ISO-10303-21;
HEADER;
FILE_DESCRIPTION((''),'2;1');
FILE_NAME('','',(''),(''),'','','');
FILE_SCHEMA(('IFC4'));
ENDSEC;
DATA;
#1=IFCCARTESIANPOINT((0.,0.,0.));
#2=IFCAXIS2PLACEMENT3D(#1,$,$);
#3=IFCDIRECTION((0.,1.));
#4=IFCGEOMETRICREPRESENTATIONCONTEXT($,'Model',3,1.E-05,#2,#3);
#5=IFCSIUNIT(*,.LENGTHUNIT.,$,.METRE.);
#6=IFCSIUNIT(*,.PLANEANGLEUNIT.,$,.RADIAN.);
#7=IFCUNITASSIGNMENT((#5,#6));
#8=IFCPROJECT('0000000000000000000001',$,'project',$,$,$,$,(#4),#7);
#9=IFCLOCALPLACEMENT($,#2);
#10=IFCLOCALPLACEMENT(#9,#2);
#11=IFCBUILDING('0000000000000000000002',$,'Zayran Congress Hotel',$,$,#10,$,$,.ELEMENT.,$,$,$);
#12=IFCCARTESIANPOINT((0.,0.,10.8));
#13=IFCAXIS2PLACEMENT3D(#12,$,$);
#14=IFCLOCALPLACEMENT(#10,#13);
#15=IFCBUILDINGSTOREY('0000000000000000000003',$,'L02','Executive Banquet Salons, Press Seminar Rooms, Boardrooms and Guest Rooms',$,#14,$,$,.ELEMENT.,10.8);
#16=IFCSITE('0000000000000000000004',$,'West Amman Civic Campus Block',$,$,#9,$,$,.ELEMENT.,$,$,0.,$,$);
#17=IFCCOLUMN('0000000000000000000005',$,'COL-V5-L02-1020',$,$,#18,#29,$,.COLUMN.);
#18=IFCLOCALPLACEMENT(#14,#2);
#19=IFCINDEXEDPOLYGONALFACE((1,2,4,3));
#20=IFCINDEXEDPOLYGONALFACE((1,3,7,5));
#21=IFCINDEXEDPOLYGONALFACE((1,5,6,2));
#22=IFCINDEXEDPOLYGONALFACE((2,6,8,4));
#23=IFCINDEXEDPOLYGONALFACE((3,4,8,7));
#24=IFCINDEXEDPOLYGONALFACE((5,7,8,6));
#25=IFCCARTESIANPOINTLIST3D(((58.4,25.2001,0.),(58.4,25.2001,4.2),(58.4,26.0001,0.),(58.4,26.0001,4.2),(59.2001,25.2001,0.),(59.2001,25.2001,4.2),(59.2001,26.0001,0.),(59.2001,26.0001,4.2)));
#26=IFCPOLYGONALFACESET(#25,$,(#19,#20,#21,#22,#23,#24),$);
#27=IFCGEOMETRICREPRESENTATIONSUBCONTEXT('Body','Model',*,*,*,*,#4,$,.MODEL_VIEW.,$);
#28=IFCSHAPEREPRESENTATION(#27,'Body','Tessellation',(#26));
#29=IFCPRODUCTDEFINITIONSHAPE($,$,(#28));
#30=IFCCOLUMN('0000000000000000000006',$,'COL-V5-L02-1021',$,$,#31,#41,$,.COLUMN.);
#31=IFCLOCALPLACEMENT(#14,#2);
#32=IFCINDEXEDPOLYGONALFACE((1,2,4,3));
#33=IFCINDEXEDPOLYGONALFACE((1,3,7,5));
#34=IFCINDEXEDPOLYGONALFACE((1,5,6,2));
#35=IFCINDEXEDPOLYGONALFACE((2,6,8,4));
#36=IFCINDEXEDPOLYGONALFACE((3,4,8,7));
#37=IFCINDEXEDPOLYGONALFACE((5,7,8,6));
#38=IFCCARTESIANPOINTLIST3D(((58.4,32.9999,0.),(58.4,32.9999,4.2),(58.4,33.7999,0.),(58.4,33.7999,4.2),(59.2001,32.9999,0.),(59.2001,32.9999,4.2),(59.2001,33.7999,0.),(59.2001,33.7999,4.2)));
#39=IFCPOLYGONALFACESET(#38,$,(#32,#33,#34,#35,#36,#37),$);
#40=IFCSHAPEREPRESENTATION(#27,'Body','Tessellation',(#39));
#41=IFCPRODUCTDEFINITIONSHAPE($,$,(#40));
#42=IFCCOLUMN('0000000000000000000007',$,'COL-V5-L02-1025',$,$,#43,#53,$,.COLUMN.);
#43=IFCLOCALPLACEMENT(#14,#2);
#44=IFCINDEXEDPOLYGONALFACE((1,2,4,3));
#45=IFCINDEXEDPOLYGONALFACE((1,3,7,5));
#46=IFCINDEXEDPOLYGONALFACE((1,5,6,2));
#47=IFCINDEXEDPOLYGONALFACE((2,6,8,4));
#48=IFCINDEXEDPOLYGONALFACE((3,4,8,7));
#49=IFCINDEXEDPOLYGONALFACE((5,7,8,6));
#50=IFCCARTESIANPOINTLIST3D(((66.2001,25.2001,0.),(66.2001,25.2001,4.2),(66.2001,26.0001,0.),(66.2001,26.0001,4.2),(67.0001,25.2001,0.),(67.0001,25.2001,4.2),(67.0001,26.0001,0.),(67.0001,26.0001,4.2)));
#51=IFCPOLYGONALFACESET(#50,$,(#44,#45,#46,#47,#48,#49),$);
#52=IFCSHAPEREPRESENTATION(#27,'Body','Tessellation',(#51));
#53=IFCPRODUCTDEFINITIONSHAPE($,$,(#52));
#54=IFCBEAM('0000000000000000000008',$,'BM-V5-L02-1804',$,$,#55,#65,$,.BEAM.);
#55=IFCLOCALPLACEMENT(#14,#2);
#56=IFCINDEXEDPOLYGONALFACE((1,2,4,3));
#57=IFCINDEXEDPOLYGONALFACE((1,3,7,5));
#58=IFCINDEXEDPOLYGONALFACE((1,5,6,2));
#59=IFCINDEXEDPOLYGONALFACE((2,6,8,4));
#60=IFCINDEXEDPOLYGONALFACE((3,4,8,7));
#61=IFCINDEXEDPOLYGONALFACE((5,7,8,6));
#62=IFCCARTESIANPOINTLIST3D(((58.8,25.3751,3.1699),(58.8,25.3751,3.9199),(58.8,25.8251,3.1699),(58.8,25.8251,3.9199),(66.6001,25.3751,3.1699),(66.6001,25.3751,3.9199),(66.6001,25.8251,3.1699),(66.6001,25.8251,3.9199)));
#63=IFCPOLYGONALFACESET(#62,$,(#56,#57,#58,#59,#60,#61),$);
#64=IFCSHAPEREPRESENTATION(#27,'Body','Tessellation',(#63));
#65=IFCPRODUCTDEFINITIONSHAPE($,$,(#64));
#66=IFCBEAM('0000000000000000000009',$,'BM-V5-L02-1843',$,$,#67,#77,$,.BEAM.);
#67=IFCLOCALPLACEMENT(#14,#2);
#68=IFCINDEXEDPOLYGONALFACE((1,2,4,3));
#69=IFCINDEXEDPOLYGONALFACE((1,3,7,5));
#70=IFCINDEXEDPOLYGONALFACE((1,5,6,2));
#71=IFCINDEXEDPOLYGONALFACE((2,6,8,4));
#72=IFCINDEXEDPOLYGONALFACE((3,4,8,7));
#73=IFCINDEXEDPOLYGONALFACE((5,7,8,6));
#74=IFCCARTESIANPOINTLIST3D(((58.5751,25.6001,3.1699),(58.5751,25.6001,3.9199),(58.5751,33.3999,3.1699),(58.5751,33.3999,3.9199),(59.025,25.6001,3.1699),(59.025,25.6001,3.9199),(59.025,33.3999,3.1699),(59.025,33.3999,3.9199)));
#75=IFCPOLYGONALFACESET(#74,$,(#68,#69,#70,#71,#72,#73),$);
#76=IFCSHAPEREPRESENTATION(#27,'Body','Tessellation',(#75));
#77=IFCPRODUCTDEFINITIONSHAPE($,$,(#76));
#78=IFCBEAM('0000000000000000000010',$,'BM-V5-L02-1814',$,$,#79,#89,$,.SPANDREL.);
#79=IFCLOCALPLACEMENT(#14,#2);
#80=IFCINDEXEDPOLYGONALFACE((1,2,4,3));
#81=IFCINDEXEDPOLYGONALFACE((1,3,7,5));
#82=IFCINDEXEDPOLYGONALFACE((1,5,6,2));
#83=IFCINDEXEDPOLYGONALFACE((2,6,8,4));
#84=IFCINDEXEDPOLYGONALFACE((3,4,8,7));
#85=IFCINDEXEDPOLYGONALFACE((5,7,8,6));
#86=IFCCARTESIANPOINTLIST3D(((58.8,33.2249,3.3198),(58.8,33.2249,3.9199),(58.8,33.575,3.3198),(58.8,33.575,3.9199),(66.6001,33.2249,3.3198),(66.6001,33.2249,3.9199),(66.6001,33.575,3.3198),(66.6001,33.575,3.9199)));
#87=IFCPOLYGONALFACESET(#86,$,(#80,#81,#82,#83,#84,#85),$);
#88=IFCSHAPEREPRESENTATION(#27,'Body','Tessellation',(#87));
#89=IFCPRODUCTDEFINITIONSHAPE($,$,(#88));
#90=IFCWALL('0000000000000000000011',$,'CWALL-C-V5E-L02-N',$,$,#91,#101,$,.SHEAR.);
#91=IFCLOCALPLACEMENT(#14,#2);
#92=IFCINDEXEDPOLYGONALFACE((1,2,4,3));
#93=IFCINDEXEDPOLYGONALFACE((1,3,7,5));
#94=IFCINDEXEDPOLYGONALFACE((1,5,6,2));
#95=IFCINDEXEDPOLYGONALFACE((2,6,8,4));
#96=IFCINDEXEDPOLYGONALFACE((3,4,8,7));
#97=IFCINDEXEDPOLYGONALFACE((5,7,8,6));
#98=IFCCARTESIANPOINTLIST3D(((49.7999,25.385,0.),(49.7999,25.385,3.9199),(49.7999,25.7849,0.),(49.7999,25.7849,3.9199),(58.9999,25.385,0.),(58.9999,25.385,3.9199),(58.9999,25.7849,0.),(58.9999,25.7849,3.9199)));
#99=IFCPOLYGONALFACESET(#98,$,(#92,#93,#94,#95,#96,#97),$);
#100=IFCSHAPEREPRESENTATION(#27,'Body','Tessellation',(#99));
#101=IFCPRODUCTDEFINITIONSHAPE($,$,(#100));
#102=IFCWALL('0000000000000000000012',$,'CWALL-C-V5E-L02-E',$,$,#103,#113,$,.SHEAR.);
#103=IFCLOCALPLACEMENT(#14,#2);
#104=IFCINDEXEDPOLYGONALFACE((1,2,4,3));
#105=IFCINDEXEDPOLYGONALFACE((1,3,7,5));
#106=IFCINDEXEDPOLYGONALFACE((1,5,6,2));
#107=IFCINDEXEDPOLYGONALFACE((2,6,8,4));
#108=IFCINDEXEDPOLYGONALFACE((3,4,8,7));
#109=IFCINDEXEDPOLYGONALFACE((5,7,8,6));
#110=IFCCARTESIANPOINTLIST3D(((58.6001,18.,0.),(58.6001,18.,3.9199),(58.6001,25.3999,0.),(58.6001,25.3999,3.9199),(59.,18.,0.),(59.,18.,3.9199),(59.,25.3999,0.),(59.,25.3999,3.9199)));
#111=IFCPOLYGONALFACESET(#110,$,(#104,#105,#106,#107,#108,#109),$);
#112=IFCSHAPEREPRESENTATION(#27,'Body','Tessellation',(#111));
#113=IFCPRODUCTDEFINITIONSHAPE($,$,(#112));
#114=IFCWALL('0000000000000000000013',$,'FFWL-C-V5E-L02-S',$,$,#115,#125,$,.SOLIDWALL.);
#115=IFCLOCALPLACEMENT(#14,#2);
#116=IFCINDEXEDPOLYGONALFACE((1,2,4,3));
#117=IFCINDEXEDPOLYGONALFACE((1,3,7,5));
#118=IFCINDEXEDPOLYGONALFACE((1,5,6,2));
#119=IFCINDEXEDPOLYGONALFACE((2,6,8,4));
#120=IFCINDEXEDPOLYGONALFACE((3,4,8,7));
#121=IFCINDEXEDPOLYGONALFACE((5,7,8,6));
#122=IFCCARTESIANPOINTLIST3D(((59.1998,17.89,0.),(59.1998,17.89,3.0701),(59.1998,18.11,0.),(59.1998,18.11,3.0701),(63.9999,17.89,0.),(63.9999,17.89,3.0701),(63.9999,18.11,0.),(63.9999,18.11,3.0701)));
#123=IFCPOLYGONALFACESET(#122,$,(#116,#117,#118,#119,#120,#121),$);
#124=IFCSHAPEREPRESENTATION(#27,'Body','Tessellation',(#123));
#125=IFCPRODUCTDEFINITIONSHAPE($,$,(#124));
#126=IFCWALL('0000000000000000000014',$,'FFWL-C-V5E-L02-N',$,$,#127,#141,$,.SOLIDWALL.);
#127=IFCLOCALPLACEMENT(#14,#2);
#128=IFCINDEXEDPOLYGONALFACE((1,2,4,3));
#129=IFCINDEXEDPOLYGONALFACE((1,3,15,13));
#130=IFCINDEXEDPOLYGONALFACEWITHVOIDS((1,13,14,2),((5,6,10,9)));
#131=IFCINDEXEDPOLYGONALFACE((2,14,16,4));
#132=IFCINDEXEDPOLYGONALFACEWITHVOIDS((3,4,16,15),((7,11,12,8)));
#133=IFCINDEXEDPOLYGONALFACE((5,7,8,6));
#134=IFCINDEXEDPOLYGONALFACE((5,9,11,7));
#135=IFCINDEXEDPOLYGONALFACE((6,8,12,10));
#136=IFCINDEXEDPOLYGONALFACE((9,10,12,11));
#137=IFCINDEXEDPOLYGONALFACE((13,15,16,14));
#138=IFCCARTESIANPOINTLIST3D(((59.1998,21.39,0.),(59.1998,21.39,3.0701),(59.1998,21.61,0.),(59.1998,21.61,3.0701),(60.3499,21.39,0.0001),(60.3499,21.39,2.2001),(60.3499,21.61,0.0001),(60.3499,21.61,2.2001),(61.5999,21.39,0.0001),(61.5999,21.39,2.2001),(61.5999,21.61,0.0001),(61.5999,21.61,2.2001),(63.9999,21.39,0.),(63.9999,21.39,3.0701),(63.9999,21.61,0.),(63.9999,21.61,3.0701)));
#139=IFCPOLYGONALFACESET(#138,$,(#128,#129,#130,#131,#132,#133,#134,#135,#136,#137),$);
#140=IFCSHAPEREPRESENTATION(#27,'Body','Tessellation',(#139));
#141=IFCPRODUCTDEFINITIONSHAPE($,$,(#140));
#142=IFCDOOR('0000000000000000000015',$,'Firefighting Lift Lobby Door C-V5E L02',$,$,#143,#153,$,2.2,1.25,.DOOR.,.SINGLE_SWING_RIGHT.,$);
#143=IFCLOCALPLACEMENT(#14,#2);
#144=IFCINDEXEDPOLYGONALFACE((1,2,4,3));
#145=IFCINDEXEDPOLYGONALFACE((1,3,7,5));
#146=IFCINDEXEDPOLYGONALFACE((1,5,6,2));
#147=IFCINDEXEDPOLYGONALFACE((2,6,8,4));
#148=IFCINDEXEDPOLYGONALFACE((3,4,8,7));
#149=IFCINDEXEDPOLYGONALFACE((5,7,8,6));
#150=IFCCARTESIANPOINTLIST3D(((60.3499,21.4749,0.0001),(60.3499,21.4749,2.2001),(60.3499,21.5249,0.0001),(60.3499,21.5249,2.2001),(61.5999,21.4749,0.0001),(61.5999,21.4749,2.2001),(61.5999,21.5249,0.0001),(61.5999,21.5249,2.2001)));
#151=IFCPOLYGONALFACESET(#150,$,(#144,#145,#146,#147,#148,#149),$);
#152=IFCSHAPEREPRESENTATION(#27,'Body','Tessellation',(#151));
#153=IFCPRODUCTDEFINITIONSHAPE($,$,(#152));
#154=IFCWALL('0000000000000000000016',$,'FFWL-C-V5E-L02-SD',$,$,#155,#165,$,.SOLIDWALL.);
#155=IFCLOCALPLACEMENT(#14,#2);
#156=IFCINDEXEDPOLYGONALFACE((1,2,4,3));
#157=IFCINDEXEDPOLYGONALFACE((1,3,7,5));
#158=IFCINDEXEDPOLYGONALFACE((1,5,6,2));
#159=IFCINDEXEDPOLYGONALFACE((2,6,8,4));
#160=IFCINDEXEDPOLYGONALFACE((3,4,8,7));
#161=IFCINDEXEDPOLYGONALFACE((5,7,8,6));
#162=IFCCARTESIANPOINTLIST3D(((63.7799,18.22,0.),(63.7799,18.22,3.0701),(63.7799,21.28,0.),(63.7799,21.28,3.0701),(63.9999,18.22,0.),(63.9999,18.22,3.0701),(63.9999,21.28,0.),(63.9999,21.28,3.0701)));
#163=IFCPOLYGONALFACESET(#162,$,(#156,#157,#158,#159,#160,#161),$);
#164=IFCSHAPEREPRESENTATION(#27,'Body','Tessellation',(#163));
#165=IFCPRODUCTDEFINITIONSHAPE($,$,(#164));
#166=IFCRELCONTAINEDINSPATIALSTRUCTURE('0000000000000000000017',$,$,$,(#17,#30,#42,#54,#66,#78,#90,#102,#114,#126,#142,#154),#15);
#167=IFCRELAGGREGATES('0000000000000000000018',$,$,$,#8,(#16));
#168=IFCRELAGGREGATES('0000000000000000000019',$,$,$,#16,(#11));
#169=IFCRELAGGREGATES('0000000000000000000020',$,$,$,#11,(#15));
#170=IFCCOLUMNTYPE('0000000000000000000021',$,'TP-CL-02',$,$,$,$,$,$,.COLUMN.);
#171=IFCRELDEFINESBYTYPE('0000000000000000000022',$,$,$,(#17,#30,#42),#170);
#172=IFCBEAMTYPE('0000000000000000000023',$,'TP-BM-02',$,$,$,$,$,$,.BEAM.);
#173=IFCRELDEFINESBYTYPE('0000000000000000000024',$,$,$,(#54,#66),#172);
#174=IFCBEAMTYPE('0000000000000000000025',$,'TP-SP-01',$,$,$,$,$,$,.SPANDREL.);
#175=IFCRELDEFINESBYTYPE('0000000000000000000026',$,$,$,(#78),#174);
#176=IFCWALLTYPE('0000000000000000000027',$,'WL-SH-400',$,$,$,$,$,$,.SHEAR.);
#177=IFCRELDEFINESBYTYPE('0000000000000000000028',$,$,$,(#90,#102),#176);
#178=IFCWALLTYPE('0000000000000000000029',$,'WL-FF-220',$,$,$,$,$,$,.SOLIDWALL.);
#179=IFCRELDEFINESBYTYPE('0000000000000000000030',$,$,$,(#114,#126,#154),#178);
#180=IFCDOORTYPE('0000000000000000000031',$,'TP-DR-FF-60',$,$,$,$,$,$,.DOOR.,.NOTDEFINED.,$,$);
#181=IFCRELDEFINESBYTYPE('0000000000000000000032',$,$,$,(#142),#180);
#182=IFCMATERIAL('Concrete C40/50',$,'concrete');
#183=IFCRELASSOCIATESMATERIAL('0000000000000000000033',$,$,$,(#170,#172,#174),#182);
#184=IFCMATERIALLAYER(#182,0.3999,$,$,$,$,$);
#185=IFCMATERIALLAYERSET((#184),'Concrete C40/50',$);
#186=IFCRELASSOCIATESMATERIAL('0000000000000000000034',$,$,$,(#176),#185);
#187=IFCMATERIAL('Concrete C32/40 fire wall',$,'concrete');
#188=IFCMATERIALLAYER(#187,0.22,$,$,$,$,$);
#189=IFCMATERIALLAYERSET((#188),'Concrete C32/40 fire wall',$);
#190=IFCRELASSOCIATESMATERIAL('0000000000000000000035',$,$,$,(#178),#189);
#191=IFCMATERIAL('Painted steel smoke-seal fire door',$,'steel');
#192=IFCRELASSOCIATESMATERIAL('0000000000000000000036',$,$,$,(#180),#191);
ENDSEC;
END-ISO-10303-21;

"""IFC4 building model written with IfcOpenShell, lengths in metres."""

from ifc_helpers import new_model, si_unit, direction, frame, frame_2d, origin, origin_2d, place, context, subcontext, project, spatial, rectangle, extrude, material, layer, layer_set, material_profile, profile_set, type_object, element, fill, save


model = new_model("IFC4")

# Units and contexts
model_context = context("Model", 3, precision=1e-05, world=origin(), true_north=direction((0.0, 1.0)))
body_context = subcontext(model_context, "Body", "Model", "MODEL_VIEW")
ifc_project = project(units=[si_unit("LENGTHUNIT", "METRE"), si_unit("PLANEANGLEUNIT", "RADIAN")], contexts=[model_context])

# Site, building, storey
site_placement = place(None, origin())
site = spatial("IfcSite", under=ifc_project, at=site_placement, Name="West Amman Civic Campus Block", CompositionType="ELEMENT", RefElevation=0.0)
building_placement = place(site_placement, origin())
building = spatial("IfcBuilding", under=site, at=building_placement, Name="Zayran Congress Hotel", CompositionType="ELEMENT")
storey_placement = place(building_placement, frame((0.0, 0.0, 10.8)))
storey = spatial("IfcBuildingStorey", under=building, at=storey_placement, Name="L02", Description="Executive Banquet Salons, Press Seminar Rooms, Boardrooms and Guest Rooms", CompositionType="ELEMENT", Elevation=10.8)

# Columns
ifc_material_1 = material(Name="Concrete C40/50", Category="concrete")
ifc_material_profile_1 = material_profile(ifc_material_1, rectangle(XDim=0.8, YDim=0.8, at=origin_2d()), Name="RC 800x800")
ifc_profile_set_1 = profile_set([ifc_material_profile_1], Name="Concrete C40/50")
column_type = type_object("IfcColumnType", Name="TP-CL-02", PredefinedType="COLUMN", material=ifc_profile_set_1)
for number, where, z_axis, x_axis, name in (
    (1, (58.8, 25.6001, 0.0), (0.0, 0.0, 1.0), (1.0, 0.0, 0.0), "COL-V5-L02-1020"),
    (2, (58.8, 33.3999, 0.0), (0.0, 0.0, 1.0), (1.0, 0.0, 0.0), "COL-V5-L02-1021"),
    (3, (66.6001, 25.6001, 0.0), (0.0, 0.0, 1.0), (1.0, 0.0, 0.0), "COL-V5-L02-1025"),
):
    element("IfcColumn", number, at=place(storey_placement, frame(where, z_axis=z_axis, x_axis=x_axis)), inside=storey, type_object=column_type, Name=name, PredefinedType="COLUMN", context=body_context, shape_type="SweptSolid", body=[
        extrude(rectangle(XDim=0.8, YDim=0.8, at=origin_2d()), origin(), (0.0, 0.0, 1.0), 4.2),
    ])

# Beams
ifc_material_profile_2 = material_profile(ifc_material_1, rectangle(XDim=0.45, YDim=0.75, at=origin_2d()), Name="RC 450x750")
ifc_profile_set_2 = profile_set([ifc_material_profile_2], Name="Concrete C40/50")
beam_type_1 = type_object("IfcBeamType", Name="TP-BM-02", PredefinedType="BEAM", material=ifc_profile_set_2)
beam_1_placement = place(storey_placement, frame((58.8, 25.6001, 3.5449), z_axis=(1.0, 0.0, 0.0), x_axis=(0.0, 1.0, 0.0)))
element("IfcBeam", 4, at=beam_1_placement, inside=storey, type_object=beam_type_1, Name="BM-V5-L02-1804", PredefinedType="BEAM", context=body_context, shape_type="SweptSolid", body=[
    extrude(rectangle(XDim=0.45, YDim=0.75, at=origin_2d()), origin(), (0.0, 0.0, 1.0), 7.8),
])
beam_2_placement = place(storey_placement, frame((58.8, 25.6001, 3.5449), z_axis=(0.0, 1.0, 0.0), x_axis=(-1.0, 0.0, 0.0)))
element("IfcBeam", 5, at=beam_2_placement, inside=storey, type_object=beam_type_1, Name="BM-V5-L02-1843", PredefinedType="BEAM", context=body_context, shape_type="SweptSolid", body=[
    extrude(rectangle(XDim=0.45, YDim=0.75, at=origin_2d()), origin(), (0.0, 0.0, 1.0), 7.7998),
])
ifc_material_profile_3 = material_profile(ifc_material_1, rectangle(XDim=0.3501, YDim=0.6001, at=origin_2d()), Name="RC 350x600")
ifc_profile_set_3 = profile_set([ifc_material_profile_3], Name="Concrete C40/50")
beam_type_2 = type_object("IfcBeamType", Name="TP-SP-01", PredefinedType="SPANDREL", material=ifc_profile_set_3)
beam_3_placement = place(storey_placement, frame((58.8, 33.3999, 3.6199), z_axis=(1.0, 0.0, 0.0), x_axis=(0.0, 1.0, 0.0)))
element("IfcBeam", 6, at=beam_3_placement, inside=storey, type_object=beam_type_2, Name="BM-V5-L02-1814", PredefinedType="SPANDREL", context=body_context, shape_type="SweptSolid", body=[
    extrude(rectangle(XDim=0.3501, YDim=0.6001, at=origin_2d()), origin(), (0.0, 0.0, 1.0), 7.8),
])

# Walls
ifc_layer_1 = layer(ifc_material_1, 0.3999)
ifc_layer_set_1 = layer_set([ifc_layer_1], Name="Concrete C40/50")
wall_type_1 = type_object("IfcWallType", Name="WL-SH-400", PredefinedType="SHEAR", material=ifc_layer_set_1)
wall_1_placement = place(storey_placement, frame((59.0, 25.585, 0.0), z_axis=(0.0, 0.0, 1.0), x_axis=(-1.0, 0.0, 0.0)))
element("IfcWall", 7, at=wall_1_placement, inside=storey, type_object=wall_type_1, Name="CWALL-C-V5E-L02-N", PredefinedType="SHEAR", context=body_context, shape_type="SweptSolid", body=[
    extrude(rectangle(XDim=9.2, YDim=0.3999, at=frame_2d((4.6001, 0.0))), origin(), (0.0, 0.0, 1.0), 3.9199),
])
wall_2_placement = place(storey_placement, frame((58.8, 18.0, 0.0), z_axis=(0.0, 0.0, 1.0), x_axis=(0.0, 1.0, 0.0)))
element("IfcWall", 8, at=wall_2_placement, inside=storey, type_object=wall_type_1, Name="CWALL-C-V5E-L02-E", PredefinedType="SHEAR", context=body_context, shape_type="SweptSolid", body=[
    extrude(rectangle(XDim=7.3999, YDim=0.3999, at=frame_2d((3.7, 0.0))), origin(), (0.0, 0.0, 1.0), 3.9199),
])
ifc_material_2 = material(Name="Concrete C32/40 fire wall", Category="concrete")
ifc_layer_2 = layer(ifc_material_2, 0.22)
ifc_layer_set_2 = layer_set([ifc_layer_2], Name="Concrete C32/40 fire wall")
wall_type_2 = type_object("IfcWallType", Name="WL-FF-220", PredefinedType="SOLIDWALL", material=ifc_layer_set_2)
wall_3_placement = place(storey_placement, frame((59.2, 18.0, 0.0), z_axis=(0.0, 0.0, 1.0), x_axis=(1.0, 0.0, 0.0)))
element("IfcWall", 9, at=wall_3_placement, inside=storey, type_object=wall_type_2, Name="FFWL-C-V5E-L02-S", PredefinedType="SOLIDWALL", context=body_context, shape_type="SweptSolid", body=[
    extrude(rectangle(XDim=4.8, YDim=0.22, at=frame_2d((2.3999, 0.0))), origin(), (0.0, 0.0, 1.0), 3.0701),
])

# Wall, opening, door
wall_4_placement = place(storey_placement, frame((59.2, 21.5, 0.0), z_axis=(0.0, 0.0, 1.0), x_axis=(1.0, 0.0, 0.0)))
wall_4 = element("IfcWall", 10, at=wall_4_placement, inside=storey, type_object=wall_type_2, Name="FFWL-C-V5E-L02-N", PredefinedType="SOLIDWALL", context=body_context, shape_type="SweptSolid", body=[
    extrude(rectangle(XDim=4.8, YDim=0.22, at=frame_2d((2.3999, 0.0))), origin(), (0.0, 0.0, 1.0), 3.0701),
])
opening_1_placement = place(wall_4_placement, frame((1.1499, 0.0, 0.0)))
opening_1 = element("IfcOpeningElement", 11, at=opening_1_placement, cuts=wall_4, PredefinedType="OPENING", context=body_context, shape_type="SweptSolid", body=[
    extrude(rectangle(XDim=1.25, YDim=2.2, at=frame_2d((0.625, 1.1001))), frame((0.0, 0.1199, 0.0), z_axis=(0.0, -1.0, 0.0), x_axis=(1.0, 0.0, 0.0)), (0.0, 0.0, 1.0), 0.24),
])
ifc_material_3 = material(Name="Painted steel smoke-seal fire door", Category="steel")
door_type_1 = type_object("IfcDoorType", Name="TP-DR-FF-60", OperationType="NOTDEFINED", PredefinedType="DOOR", material=ifc_material_3)
door_1_placement = place(opening_1_placement, origin())
door_1 = element("IfcDoor", 12, at=door_1_placement, inside=storey, type_object=door_type_1, Name="Firefighting Lift Lobby Door C-V5E L02", OperationType="SINGLE_SWING_RIGHT", OverallHeight=2.2, OverallWidth=1.25, PredefinedType="DOOR", context=body_context, shape_type="SweptSolid", body=[
    extrude(rectangle(XDim=1.25, YDim=2.2, at=frame_2d((0.625, 1.1001))), frame((0.0, 0.0249, 0.0), z_axis=(0.0, -1.0, 0.0), x_axis=(1.0, 0.0, 0.0)), (0.0, 0.0, 1.0), 0.05),
])
fill(opening_1, door_1)

# Wall
wall_5_placement = place(storey_placement, frame((63.8899, 18.22, 0.0), z_axis=(0.0, 0.0, 1.0), x_axis=(0.0, 1.0, 0.0)))
element("IfcWall", 13, at=wall_5_placement, inside=storey, type_object=wall_type_2, Name="FFWL-C-V5E-L02-SD", PredefinedType="SOLIDWALL", context=body_context, shape_type="SweptSolid", body=[
    extrude(rectangle(XDim=3.0601, YDim=0.22, at=frame_2d((1.53, 0.0))), origin(), (0.0, 0.0, 1.0), 3.0701),
])

save(model, "model.ifc")
